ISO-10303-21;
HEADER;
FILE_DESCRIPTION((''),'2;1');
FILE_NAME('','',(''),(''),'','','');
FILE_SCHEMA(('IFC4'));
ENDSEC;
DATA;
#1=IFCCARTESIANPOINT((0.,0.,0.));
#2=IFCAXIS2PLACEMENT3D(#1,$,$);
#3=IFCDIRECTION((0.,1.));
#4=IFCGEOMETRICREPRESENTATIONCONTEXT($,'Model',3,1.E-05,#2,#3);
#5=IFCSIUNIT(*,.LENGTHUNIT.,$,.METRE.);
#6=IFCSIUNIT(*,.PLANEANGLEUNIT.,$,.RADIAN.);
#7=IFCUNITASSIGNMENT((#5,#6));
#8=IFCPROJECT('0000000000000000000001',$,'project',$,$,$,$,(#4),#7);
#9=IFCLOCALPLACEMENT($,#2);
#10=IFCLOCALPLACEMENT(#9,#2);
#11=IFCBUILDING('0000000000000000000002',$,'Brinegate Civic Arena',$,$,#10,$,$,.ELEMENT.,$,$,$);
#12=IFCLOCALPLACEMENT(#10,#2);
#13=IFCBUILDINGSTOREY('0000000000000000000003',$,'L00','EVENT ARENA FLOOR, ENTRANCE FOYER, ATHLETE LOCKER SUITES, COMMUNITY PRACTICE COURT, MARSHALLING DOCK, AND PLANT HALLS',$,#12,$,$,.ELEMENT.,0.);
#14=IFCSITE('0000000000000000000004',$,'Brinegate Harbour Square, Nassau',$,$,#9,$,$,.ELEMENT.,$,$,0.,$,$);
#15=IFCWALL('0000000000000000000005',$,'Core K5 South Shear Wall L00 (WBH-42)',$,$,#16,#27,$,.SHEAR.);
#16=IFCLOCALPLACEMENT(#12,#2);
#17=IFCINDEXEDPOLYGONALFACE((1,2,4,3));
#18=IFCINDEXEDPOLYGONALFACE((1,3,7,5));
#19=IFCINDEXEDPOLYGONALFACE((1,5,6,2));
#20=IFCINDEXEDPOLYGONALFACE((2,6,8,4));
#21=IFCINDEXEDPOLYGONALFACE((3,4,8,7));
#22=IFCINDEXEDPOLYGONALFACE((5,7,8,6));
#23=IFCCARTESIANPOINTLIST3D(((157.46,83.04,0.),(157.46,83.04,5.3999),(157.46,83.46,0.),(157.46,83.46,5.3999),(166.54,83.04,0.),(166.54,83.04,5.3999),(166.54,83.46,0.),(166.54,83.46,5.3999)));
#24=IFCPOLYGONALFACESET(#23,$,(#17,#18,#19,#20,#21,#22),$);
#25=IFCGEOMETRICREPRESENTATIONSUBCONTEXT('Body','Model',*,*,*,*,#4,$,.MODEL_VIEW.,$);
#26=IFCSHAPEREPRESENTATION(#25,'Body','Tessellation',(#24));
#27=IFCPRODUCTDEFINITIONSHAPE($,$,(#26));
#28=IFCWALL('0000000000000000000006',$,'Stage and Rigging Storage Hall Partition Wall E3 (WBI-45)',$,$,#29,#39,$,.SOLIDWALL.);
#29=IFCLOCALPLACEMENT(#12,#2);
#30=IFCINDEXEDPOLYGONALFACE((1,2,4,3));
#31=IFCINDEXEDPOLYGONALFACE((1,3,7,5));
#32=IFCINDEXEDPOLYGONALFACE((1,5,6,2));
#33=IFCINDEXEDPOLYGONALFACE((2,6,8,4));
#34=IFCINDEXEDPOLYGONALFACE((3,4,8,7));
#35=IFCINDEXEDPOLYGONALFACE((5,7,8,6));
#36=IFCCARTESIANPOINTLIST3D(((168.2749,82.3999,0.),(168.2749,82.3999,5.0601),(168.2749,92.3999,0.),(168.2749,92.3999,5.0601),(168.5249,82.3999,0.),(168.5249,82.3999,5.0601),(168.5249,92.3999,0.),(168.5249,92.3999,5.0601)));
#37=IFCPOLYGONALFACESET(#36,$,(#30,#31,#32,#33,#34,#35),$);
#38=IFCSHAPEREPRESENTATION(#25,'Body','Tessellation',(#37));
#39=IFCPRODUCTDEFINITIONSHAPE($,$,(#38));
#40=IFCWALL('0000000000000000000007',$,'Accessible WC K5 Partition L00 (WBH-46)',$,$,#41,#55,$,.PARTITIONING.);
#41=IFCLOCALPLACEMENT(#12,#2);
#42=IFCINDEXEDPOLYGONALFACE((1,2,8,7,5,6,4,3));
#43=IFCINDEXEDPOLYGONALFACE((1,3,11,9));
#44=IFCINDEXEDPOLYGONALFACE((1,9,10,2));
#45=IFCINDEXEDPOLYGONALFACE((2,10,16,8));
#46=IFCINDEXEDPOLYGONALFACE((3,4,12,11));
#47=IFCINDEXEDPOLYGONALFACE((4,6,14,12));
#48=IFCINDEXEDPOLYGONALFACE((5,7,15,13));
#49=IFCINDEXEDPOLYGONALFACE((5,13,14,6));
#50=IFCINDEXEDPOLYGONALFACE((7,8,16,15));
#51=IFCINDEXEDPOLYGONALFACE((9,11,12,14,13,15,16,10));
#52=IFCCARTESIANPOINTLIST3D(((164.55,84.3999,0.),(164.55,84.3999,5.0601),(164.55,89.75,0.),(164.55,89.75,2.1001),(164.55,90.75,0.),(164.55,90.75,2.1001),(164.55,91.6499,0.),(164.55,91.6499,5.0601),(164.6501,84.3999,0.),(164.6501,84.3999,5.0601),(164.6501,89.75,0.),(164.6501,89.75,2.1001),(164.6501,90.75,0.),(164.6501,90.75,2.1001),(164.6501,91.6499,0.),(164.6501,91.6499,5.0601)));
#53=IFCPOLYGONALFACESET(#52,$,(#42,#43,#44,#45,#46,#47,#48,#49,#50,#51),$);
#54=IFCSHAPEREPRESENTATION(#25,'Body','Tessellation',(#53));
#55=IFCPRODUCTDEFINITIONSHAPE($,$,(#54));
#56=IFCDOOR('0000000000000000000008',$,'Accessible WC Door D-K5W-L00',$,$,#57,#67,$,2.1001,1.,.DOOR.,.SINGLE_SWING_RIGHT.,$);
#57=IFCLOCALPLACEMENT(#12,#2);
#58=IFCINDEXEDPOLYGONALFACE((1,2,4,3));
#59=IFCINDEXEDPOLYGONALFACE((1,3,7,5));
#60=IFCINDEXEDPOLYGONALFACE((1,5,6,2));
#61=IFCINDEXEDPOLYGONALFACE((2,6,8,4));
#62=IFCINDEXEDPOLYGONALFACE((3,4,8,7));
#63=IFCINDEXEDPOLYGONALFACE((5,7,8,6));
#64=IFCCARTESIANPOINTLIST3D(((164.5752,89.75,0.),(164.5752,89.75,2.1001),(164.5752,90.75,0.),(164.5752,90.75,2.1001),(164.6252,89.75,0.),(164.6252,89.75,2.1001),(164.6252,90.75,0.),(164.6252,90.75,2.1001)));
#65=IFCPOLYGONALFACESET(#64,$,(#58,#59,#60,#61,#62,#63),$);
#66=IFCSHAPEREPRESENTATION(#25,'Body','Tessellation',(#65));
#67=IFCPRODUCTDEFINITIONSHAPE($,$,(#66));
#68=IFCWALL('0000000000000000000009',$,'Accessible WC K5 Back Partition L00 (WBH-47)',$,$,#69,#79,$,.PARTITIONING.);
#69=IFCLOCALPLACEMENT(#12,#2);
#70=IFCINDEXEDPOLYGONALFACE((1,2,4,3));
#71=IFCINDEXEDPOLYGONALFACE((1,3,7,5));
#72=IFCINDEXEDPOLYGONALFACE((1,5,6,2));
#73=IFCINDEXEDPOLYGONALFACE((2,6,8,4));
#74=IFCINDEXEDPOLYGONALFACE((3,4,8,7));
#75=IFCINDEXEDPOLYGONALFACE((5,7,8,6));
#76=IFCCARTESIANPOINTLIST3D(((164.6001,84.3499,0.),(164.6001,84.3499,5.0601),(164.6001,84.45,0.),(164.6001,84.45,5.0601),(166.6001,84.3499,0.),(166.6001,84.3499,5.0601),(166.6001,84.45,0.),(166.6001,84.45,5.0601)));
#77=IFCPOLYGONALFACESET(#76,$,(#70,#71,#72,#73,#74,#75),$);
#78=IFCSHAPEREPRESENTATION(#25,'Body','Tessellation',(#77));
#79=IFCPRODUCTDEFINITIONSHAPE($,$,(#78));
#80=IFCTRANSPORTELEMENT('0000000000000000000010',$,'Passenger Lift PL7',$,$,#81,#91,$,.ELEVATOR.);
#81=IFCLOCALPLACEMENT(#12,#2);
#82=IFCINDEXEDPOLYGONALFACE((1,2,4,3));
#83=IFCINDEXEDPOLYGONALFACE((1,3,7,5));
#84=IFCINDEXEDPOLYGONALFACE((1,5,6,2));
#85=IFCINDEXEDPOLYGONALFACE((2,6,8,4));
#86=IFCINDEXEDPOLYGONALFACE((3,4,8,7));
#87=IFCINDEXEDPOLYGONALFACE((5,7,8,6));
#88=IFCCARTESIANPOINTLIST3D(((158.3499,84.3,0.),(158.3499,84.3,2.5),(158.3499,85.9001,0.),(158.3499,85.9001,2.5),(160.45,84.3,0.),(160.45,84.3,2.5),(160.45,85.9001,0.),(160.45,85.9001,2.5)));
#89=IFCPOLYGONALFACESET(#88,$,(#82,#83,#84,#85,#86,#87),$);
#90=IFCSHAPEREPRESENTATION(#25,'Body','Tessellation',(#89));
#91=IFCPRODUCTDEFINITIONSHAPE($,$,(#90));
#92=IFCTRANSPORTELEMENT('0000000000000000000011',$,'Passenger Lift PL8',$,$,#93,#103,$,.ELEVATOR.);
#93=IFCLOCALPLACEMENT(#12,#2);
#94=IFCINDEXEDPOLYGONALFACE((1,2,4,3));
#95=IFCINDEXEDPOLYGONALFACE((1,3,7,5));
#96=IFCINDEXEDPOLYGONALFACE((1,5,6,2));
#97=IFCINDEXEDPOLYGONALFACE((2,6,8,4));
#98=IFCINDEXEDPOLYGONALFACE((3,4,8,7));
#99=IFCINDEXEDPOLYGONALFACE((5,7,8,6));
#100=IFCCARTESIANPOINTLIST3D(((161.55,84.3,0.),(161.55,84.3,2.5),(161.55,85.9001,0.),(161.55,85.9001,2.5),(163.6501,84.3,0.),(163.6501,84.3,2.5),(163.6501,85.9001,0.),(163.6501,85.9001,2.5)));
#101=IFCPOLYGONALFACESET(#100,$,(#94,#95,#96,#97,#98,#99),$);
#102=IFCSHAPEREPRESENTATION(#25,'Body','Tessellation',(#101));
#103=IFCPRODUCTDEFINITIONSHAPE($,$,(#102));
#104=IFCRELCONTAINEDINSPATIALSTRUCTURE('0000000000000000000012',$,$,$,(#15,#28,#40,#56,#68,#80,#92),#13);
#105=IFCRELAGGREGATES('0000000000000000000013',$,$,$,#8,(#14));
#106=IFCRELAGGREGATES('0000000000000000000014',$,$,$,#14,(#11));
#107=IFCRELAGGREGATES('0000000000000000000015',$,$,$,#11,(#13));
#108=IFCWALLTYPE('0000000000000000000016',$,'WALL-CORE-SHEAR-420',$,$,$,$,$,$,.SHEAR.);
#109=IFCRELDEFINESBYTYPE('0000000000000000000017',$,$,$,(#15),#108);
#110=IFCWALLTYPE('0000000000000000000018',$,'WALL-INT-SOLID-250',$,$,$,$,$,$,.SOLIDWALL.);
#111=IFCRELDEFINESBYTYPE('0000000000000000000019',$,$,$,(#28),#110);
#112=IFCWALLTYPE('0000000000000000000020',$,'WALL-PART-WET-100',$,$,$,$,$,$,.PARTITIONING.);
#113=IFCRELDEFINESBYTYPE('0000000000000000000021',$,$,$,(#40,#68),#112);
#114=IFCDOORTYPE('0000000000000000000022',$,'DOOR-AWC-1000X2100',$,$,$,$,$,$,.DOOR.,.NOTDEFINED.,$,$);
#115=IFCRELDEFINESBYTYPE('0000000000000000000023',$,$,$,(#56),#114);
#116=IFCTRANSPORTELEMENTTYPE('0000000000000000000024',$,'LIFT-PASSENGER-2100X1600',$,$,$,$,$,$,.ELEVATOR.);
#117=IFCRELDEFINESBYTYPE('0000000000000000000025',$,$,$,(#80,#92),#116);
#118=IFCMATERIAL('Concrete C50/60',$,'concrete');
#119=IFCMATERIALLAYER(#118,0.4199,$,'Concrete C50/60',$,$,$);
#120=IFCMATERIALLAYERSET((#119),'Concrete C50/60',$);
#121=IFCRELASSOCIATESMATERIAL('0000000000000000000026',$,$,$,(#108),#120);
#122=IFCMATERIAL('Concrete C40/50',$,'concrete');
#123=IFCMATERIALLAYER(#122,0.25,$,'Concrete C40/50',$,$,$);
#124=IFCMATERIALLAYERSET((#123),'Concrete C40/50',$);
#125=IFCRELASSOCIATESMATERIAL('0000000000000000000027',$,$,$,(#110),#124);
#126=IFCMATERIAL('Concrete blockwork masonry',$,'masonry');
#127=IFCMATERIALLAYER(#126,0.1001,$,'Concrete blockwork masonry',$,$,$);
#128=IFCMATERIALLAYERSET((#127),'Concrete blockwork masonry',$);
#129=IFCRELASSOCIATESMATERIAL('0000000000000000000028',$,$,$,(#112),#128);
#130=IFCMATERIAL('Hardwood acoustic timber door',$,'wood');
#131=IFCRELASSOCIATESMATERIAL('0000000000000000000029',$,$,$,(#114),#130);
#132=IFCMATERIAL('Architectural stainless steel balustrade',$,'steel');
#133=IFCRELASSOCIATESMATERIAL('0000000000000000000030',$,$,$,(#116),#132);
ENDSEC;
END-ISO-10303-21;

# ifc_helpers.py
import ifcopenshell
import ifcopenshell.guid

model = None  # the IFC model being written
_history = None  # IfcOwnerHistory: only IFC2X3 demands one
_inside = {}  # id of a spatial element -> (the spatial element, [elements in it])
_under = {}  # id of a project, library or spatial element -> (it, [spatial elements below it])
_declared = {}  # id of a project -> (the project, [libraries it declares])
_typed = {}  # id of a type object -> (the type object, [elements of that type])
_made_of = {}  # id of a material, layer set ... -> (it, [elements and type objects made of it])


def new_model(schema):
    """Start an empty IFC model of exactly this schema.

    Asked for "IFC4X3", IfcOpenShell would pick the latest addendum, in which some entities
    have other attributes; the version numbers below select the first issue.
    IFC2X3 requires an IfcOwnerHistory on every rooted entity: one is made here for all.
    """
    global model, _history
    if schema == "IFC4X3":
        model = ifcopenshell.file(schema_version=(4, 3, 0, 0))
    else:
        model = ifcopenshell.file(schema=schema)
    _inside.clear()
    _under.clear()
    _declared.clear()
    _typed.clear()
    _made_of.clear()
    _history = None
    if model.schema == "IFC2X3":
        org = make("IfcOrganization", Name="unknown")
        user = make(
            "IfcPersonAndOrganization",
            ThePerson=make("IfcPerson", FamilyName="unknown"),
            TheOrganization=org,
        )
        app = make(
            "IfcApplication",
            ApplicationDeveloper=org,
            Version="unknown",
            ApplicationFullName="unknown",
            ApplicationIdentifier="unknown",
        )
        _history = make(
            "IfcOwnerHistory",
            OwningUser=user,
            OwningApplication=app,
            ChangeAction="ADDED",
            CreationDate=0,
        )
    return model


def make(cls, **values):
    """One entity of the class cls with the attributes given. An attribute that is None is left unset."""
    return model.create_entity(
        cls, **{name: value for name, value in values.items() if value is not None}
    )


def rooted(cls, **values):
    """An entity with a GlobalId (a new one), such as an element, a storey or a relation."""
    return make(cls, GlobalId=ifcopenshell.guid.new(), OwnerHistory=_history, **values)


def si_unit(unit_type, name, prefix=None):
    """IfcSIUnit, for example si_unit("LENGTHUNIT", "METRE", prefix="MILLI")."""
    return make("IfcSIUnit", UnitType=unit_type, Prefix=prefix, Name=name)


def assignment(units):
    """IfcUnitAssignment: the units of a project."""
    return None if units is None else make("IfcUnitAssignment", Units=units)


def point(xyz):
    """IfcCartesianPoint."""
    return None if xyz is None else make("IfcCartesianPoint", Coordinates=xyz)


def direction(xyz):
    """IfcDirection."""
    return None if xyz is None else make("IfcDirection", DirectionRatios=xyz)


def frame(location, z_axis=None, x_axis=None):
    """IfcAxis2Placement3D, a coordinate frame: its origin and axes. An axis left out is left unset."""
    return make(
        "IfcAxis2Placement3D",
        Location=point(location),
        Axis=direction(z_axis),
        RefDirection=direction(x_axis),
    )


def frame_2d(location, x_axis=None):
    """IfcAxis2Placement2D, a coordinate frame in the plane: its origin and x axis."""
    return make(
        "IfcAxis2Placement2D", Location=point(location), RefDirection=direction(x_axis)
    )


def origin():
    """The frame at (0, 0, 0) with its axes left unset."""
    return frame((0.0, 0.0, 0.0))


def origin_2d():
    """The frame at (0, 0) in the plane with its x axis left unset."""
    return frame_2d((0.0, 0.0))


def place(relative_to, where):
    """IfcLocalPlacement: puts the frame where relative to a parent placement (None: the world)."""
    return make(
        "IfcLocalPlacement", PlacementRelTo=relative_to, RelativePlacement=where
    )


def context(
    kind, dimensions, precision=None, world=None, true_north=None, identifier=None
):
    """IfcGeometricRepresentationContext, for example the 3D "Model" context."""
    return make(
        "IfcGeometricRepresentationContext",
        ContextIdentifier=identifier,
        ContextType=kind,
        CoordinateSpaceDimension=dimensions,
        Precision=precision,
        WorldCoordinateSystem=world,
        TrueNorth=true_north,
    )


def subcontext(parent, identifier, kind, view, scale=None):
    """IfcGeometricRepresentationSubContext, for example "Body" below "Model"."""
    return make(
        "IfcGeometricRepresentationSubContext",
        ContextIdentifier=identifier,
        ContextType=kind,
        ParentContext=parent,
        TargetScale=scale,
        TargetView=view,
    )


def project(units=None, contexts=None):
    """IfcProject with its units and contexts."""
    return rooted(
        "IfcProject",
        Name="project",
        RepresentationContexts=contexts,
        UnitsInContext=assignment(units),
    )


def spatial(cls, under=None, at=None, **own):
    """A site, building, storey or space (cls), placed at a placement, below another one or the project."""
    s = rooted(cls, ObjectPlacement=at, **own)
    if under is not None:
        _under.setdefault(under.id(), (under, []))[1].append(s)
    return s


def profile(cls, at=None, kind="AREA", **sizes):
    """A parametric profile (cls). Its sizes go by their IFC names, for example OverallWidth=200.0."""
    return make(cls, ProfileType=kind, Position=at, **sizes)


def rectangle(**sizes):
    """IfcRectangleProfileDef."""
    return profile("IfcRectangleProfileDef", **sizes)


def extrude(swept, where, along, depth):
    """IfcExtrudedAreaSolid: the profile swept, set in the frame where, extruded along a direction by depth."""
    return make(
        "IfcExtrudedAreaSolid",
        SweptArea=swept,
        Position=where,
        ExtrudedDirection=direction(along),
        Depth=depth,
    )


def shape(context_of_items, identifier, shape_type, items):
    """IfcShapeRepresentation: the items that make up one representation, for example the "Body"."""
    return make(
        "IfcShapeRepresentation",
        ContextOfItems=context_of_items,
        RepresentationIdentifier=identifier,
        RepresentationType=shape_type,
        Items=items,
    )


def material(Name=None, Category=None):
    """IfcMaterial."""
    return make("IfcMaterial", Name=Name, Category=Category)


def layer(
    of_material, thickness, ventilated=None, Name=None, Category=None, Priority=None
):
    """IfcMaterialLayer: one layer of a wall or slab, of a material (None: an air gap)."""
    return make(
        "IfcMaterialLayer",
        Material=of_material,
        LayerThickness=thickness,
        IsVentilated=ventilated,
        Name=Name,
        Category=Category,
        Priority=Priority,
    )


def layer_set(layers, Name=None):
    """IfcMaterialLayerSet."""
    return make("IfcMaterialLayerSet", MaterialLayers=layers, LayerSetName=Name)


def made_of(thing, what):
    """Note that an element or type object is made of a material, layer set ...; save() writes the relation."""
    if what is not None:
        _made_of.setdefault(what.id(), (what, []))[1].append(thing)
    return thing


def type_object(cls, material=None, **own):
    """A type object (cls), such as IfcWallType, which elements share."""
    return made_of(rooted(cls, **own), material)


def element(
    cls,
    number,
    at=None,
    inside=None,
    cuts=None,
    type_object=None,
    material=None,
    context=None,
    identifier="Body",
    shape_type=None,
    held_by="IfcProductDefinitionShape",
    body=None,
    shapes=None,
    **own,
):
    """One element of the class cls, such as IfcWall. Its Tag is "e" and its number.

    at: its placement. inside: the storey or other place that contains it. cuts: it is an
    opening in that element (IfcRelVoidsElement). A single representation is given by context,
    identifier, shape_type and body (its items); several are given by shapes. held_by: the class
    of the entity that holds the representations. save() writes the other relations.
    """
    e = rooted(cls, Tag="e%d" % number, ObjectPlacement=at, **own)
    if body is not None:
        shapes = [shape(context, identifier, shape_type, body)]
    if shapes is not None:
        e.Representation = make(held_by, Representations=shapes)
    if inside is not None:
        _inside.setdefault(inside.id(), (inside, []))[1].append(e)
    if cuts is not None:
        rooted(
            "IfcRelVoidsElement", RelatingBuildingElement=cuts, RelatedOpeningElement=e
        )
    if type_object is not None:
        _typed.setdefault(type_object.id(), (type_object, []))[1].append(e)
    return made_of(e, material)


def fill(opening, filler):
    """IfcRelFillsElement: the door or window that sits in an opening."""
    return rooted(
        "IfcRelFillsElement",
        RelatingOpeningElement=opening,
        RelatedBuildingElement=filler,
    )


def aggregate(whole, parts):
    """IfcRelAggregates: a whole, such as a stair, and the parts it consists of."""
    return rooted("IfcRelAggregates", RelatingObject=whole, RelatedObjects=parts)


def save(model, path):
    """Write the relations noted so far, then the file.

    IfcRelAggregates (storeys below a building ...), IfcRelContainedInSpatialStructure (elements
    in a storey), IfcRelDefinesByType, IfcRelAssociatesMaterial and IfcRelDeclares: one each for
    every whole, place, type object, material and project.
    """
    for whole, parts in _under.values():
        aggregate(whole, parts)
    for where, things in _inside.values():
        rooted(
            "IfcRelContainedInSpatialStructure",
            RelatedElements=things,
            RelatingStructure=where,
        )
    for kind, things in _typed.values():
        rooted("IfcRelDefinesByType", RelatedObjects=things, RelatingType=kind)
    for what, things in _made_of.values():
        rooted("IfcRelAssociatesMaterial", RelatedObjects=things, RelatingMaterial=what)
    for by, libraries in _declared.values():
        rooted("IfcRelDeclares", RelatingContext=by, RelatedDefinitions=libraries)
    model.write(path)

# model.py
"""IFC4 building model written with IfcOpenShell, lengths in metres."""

from ifc_helpers import new_model, si_unit, direction, frame, frame_2d, origin, origin_2d, place, context, subcontext, project, spatial, rectangle, extrude, material, layer, layer_set, type_object, element, fill, save


model = new_model("IFC4")

# Units and contexts
model_context = context("Model", 3, precision=1e-05, world=origin(), true_north=direction((0.0, 1.0)))
body_context = subcontext(model_context, "Body", "Model", "MODEL_VIEW")
ifc_project = project(units=[si_unit("LENGTHUNIT", "METRE"), si_unit("PLANEANGLEUNIT", "RADIAN")], contexts=[model_context])

# Site, building, storey
site_placement = place(None, origin())
site = spatial("IfcSite", under=ifc_project, at=site_placement, Name="Brinegate Harbour Square, Nassau", CompositionType="ELEMENT", RefElevation=0.0)
building_placement = place(site_placement, origin())
building = spatial("IfcBuilding", under=site, at=building_placement, Name="Brinegate Civic Arena", CompositionType="ELEMENT")
storey_placement = place(building_placement, origin())
storey = spatial("IfcBuildingStorey", under=building, at=storey_placement, Name="L00", Description="EVENT ARENA FLOOR, ENTRANCE FOYER, ATHLETE LOCKER SUITES, COMMUNITY PRACTICE COURT, MARSHALLING DOCK, AND PLANT HALLS", CompositionType="ELEMENT", Elevation=0.0)

# Shared definitions
ifc_material_1 = material(Name="Concrete C40/50", Category="concrete")

# Shared definitions
ifc_material_2 = material(Name="Concrete C50/60", Category="concrete")

# Shared definitions
ifc_material_3 = material(Name="Architectural stainless steel balustrade", Category="steel")

# Walls
ifc_layer_1 = layer(ifc_material_2, 0.4199, Name="Concrete C50/60")
ifc_layer_set_1 = layer_set([ifc_layer_1], Name="Concrete C50/60")
wall_type_1 = type_object("IfcWallType", Name="WALL-CORE-SHEAR-420", PredefinedType="SHEAR", material=ifc_layer_set_1)
wall_1_placement = place(storey_placement, frame((157.46, 83.25, 0.0), z_axis=(0.0, 0.0, 1.0), x_axis=(1.0, 0.0, 0.0)))
element("IfcWall", 1, at=wall_1_placement, inside=storey, type_object=wall_type_1, Name="Core K5 South Shear Wall L00 (WBH-42)", PredefinedType="SHEAR", context=body_context, shape_type="SweptSolid", body=[
    extrude(rectangle(XDim=9.0801, YDim=0.4199, at=frame_2d((4.54, 0.0))), origin(), (0.0, 0.0, 1.0), 5.3999),
])
ifc_layer_2 = layer(ifc_material_1, 0.25, Name="Concrete C40/50")
ifc_layer_set_2 = layer_set([ifc_layer_2], Name="Concrete C40/50")
wall_type_2 = type_object("IfcWallType", Name="WALL-INT-SOLID-250", PredefinedType="SOLIDWALL", material=ifc_layer_set_2)
wall_2_placement = place(storey_placement, frame((168.3999, 82.3999, 0.0), z_axis=(0.0, 0.0, 1.0), x_axis=(0.0, 1.0, 0.0)))
element("IfcWall", 2, at=wall_2_placement, inside=storey, type_object=wall_type_2, Name="Stage and Rigging Storage Hall Partition Wall E3 (WBI-45)", PredefinedType="SOLIDWALL", context=body_context, shape_type="SweptSolid", body=[
    extrude(rectangle(XDim=10.0, YDim=0.25, at=frame_2d((5.0, 0.0))), origin(), (0.0, 0.0, 1.0), 5.0601),
])

# Wall, opening, door
ifc_material_4 = material(Name="Concrete blockwork masonry", Category="masonry")
ifc_layer_3 = layer(ifc_material_4, 0.1001, Name="Concrete blockwork masonry")
ifc_layer_set_3 = layer_set([ifc_layer_3], Name="Concrete blockwork masonry")
wall_type_3 = type_object("IfcWallType", Name="WALL-PART-WET-100", PredefinedType="PARTITIONING", material=ifc_layer_set_3)
wall_3_placement = place(storey_placement, frame((164.6001, 84.3999, 0.0), z_axis=(0.0, 0.0, 1.0), x_axis=(0.0, 1.0, 0.0)))
wall_3 = element("IfcWall", 3, at=wall_3_placement, inside=storey, type_object=wall_type_3, Name="Accessible WC K5 Partition L00 (WBH-46)", PredefinedType="PARTITIONING", context=body_context, shape_type="SweptSolid", body=[
    extrude(rectangle(XDim=7.25, YDim=0.1001, at=frame_2d((3.625, 0.0))), origin(), (0.0, 0.0, 1.0), 5.0601),
])
opening_1_placement = place(wall_3_placement, frame((5.3501, 0.0, 0.0)))
opening_1 = element("IfcOpeningElement", 4, at=opening_1_placement, cuts=wall_3, PredefinedType="OPENING", context=body_context, shape_type="SweptSolid", body=[
    extrude(rectangle(XDim=1.0, YDim=2.1001, at=frame_2d((0.5, 1.05))), frame((0.0, 0.0601, 0.0), z_axis=(0.0, -1.0, 0.0), x_axis=(1.0, 0.0, 0.0)), (0.0, 0.0, 1.0), 0.1201),
])
ifc_material_5 = material(Name="Hardwood acoustic timber door", Category="wood")
door_type_1 = type_object("IfcDoorType", Name="DOOR-AWC-1000X2100", OperationType="NOTDEFINED", PredefinedType="DOOR", material=ifc_material_5)
door_1_placement = place(opening_1_placement, origin())
door_1 = element("IfcDoor", 5, at=door_1_placement, inside=storey, type_object=door_type_1, Name="Accessible WC Door D-K5W-L00", OperationType="SINGLE_SWING_RIGHT", OverallHeight=2.1001, OverallWidth=1.0, PredefinedType="DOOR", context=body_context, shape_type="SweptSolid", body=[
    extrude(rectangle(XDim=1.0, YDim=2.1001, at=frame_2d((0.5, 1.05))), frame((0.0, 0.0249, 0.0), z_axis=(0.0, -1.0, 0.0), x_axis=(1.0, 0.0, 0.0)), (0.0, 0.0, 1.0), 0.05),
])
fill(opening_1, door_1)

# Wall
wall_4_placement = place(storey_placement, frame((164.6001, 84.3999, 0.0), z_axis=(0.0, 0.0, 1.0), x_axis=(1.0, 0.0, 0.0)))
element("IfcWall", 6, at=wall_4_placement, inside=storey, type_object=wall_type_3, Name="Accessible WC K5 Back Partition L00 (WBH-47)", PredefinedType="PARTITIONING", context=body_context, shape_type="SweptSolid", body=[
    extrude(rectangle(XDim=2.0, YDim=0.1001, at=frame_2d((1.0, 0.0))), origin(), (0.0, 0.0, 1.0), 5.0601),
])

# Transport elements
transport_element_type = type_object("IfcTransportElementType", Name="LIFT-PASSENGER-2100X1600", PredefinedType="ELEVATOR", material=ifc_material_3)
for number, where, z_axis, x_axis, name in (
    (7, (159.3999, 85.1001, 0.0), (0.0, 0.0, 1.0), (1.0, 0.0, 0.0), "Passenger Lift PL7"),
    (8, (162.6001, 85.1001, 0.0), (0.0, 0.0, 1.0), (1.0, 0.0, 0.0), "Passenger Lift PL8"),
):
    element("IfcTransportElement", number, at=place(storey_placement, frame(where, z_axis=z_axis, x_axis=x_axis)), inside=storey, type_object=transport_element_type, Name=name, PredefinedType="ELEVATOR", context=body_context, shape_type="SweptSolid", body=[
        extrude(rectangle(XDim=2.1001, YDim=1.6001, at=origin_2d()), origin(), (0.0, 0.0, 1.0), 2.5),
    ])

save(model, "model.ifc")
